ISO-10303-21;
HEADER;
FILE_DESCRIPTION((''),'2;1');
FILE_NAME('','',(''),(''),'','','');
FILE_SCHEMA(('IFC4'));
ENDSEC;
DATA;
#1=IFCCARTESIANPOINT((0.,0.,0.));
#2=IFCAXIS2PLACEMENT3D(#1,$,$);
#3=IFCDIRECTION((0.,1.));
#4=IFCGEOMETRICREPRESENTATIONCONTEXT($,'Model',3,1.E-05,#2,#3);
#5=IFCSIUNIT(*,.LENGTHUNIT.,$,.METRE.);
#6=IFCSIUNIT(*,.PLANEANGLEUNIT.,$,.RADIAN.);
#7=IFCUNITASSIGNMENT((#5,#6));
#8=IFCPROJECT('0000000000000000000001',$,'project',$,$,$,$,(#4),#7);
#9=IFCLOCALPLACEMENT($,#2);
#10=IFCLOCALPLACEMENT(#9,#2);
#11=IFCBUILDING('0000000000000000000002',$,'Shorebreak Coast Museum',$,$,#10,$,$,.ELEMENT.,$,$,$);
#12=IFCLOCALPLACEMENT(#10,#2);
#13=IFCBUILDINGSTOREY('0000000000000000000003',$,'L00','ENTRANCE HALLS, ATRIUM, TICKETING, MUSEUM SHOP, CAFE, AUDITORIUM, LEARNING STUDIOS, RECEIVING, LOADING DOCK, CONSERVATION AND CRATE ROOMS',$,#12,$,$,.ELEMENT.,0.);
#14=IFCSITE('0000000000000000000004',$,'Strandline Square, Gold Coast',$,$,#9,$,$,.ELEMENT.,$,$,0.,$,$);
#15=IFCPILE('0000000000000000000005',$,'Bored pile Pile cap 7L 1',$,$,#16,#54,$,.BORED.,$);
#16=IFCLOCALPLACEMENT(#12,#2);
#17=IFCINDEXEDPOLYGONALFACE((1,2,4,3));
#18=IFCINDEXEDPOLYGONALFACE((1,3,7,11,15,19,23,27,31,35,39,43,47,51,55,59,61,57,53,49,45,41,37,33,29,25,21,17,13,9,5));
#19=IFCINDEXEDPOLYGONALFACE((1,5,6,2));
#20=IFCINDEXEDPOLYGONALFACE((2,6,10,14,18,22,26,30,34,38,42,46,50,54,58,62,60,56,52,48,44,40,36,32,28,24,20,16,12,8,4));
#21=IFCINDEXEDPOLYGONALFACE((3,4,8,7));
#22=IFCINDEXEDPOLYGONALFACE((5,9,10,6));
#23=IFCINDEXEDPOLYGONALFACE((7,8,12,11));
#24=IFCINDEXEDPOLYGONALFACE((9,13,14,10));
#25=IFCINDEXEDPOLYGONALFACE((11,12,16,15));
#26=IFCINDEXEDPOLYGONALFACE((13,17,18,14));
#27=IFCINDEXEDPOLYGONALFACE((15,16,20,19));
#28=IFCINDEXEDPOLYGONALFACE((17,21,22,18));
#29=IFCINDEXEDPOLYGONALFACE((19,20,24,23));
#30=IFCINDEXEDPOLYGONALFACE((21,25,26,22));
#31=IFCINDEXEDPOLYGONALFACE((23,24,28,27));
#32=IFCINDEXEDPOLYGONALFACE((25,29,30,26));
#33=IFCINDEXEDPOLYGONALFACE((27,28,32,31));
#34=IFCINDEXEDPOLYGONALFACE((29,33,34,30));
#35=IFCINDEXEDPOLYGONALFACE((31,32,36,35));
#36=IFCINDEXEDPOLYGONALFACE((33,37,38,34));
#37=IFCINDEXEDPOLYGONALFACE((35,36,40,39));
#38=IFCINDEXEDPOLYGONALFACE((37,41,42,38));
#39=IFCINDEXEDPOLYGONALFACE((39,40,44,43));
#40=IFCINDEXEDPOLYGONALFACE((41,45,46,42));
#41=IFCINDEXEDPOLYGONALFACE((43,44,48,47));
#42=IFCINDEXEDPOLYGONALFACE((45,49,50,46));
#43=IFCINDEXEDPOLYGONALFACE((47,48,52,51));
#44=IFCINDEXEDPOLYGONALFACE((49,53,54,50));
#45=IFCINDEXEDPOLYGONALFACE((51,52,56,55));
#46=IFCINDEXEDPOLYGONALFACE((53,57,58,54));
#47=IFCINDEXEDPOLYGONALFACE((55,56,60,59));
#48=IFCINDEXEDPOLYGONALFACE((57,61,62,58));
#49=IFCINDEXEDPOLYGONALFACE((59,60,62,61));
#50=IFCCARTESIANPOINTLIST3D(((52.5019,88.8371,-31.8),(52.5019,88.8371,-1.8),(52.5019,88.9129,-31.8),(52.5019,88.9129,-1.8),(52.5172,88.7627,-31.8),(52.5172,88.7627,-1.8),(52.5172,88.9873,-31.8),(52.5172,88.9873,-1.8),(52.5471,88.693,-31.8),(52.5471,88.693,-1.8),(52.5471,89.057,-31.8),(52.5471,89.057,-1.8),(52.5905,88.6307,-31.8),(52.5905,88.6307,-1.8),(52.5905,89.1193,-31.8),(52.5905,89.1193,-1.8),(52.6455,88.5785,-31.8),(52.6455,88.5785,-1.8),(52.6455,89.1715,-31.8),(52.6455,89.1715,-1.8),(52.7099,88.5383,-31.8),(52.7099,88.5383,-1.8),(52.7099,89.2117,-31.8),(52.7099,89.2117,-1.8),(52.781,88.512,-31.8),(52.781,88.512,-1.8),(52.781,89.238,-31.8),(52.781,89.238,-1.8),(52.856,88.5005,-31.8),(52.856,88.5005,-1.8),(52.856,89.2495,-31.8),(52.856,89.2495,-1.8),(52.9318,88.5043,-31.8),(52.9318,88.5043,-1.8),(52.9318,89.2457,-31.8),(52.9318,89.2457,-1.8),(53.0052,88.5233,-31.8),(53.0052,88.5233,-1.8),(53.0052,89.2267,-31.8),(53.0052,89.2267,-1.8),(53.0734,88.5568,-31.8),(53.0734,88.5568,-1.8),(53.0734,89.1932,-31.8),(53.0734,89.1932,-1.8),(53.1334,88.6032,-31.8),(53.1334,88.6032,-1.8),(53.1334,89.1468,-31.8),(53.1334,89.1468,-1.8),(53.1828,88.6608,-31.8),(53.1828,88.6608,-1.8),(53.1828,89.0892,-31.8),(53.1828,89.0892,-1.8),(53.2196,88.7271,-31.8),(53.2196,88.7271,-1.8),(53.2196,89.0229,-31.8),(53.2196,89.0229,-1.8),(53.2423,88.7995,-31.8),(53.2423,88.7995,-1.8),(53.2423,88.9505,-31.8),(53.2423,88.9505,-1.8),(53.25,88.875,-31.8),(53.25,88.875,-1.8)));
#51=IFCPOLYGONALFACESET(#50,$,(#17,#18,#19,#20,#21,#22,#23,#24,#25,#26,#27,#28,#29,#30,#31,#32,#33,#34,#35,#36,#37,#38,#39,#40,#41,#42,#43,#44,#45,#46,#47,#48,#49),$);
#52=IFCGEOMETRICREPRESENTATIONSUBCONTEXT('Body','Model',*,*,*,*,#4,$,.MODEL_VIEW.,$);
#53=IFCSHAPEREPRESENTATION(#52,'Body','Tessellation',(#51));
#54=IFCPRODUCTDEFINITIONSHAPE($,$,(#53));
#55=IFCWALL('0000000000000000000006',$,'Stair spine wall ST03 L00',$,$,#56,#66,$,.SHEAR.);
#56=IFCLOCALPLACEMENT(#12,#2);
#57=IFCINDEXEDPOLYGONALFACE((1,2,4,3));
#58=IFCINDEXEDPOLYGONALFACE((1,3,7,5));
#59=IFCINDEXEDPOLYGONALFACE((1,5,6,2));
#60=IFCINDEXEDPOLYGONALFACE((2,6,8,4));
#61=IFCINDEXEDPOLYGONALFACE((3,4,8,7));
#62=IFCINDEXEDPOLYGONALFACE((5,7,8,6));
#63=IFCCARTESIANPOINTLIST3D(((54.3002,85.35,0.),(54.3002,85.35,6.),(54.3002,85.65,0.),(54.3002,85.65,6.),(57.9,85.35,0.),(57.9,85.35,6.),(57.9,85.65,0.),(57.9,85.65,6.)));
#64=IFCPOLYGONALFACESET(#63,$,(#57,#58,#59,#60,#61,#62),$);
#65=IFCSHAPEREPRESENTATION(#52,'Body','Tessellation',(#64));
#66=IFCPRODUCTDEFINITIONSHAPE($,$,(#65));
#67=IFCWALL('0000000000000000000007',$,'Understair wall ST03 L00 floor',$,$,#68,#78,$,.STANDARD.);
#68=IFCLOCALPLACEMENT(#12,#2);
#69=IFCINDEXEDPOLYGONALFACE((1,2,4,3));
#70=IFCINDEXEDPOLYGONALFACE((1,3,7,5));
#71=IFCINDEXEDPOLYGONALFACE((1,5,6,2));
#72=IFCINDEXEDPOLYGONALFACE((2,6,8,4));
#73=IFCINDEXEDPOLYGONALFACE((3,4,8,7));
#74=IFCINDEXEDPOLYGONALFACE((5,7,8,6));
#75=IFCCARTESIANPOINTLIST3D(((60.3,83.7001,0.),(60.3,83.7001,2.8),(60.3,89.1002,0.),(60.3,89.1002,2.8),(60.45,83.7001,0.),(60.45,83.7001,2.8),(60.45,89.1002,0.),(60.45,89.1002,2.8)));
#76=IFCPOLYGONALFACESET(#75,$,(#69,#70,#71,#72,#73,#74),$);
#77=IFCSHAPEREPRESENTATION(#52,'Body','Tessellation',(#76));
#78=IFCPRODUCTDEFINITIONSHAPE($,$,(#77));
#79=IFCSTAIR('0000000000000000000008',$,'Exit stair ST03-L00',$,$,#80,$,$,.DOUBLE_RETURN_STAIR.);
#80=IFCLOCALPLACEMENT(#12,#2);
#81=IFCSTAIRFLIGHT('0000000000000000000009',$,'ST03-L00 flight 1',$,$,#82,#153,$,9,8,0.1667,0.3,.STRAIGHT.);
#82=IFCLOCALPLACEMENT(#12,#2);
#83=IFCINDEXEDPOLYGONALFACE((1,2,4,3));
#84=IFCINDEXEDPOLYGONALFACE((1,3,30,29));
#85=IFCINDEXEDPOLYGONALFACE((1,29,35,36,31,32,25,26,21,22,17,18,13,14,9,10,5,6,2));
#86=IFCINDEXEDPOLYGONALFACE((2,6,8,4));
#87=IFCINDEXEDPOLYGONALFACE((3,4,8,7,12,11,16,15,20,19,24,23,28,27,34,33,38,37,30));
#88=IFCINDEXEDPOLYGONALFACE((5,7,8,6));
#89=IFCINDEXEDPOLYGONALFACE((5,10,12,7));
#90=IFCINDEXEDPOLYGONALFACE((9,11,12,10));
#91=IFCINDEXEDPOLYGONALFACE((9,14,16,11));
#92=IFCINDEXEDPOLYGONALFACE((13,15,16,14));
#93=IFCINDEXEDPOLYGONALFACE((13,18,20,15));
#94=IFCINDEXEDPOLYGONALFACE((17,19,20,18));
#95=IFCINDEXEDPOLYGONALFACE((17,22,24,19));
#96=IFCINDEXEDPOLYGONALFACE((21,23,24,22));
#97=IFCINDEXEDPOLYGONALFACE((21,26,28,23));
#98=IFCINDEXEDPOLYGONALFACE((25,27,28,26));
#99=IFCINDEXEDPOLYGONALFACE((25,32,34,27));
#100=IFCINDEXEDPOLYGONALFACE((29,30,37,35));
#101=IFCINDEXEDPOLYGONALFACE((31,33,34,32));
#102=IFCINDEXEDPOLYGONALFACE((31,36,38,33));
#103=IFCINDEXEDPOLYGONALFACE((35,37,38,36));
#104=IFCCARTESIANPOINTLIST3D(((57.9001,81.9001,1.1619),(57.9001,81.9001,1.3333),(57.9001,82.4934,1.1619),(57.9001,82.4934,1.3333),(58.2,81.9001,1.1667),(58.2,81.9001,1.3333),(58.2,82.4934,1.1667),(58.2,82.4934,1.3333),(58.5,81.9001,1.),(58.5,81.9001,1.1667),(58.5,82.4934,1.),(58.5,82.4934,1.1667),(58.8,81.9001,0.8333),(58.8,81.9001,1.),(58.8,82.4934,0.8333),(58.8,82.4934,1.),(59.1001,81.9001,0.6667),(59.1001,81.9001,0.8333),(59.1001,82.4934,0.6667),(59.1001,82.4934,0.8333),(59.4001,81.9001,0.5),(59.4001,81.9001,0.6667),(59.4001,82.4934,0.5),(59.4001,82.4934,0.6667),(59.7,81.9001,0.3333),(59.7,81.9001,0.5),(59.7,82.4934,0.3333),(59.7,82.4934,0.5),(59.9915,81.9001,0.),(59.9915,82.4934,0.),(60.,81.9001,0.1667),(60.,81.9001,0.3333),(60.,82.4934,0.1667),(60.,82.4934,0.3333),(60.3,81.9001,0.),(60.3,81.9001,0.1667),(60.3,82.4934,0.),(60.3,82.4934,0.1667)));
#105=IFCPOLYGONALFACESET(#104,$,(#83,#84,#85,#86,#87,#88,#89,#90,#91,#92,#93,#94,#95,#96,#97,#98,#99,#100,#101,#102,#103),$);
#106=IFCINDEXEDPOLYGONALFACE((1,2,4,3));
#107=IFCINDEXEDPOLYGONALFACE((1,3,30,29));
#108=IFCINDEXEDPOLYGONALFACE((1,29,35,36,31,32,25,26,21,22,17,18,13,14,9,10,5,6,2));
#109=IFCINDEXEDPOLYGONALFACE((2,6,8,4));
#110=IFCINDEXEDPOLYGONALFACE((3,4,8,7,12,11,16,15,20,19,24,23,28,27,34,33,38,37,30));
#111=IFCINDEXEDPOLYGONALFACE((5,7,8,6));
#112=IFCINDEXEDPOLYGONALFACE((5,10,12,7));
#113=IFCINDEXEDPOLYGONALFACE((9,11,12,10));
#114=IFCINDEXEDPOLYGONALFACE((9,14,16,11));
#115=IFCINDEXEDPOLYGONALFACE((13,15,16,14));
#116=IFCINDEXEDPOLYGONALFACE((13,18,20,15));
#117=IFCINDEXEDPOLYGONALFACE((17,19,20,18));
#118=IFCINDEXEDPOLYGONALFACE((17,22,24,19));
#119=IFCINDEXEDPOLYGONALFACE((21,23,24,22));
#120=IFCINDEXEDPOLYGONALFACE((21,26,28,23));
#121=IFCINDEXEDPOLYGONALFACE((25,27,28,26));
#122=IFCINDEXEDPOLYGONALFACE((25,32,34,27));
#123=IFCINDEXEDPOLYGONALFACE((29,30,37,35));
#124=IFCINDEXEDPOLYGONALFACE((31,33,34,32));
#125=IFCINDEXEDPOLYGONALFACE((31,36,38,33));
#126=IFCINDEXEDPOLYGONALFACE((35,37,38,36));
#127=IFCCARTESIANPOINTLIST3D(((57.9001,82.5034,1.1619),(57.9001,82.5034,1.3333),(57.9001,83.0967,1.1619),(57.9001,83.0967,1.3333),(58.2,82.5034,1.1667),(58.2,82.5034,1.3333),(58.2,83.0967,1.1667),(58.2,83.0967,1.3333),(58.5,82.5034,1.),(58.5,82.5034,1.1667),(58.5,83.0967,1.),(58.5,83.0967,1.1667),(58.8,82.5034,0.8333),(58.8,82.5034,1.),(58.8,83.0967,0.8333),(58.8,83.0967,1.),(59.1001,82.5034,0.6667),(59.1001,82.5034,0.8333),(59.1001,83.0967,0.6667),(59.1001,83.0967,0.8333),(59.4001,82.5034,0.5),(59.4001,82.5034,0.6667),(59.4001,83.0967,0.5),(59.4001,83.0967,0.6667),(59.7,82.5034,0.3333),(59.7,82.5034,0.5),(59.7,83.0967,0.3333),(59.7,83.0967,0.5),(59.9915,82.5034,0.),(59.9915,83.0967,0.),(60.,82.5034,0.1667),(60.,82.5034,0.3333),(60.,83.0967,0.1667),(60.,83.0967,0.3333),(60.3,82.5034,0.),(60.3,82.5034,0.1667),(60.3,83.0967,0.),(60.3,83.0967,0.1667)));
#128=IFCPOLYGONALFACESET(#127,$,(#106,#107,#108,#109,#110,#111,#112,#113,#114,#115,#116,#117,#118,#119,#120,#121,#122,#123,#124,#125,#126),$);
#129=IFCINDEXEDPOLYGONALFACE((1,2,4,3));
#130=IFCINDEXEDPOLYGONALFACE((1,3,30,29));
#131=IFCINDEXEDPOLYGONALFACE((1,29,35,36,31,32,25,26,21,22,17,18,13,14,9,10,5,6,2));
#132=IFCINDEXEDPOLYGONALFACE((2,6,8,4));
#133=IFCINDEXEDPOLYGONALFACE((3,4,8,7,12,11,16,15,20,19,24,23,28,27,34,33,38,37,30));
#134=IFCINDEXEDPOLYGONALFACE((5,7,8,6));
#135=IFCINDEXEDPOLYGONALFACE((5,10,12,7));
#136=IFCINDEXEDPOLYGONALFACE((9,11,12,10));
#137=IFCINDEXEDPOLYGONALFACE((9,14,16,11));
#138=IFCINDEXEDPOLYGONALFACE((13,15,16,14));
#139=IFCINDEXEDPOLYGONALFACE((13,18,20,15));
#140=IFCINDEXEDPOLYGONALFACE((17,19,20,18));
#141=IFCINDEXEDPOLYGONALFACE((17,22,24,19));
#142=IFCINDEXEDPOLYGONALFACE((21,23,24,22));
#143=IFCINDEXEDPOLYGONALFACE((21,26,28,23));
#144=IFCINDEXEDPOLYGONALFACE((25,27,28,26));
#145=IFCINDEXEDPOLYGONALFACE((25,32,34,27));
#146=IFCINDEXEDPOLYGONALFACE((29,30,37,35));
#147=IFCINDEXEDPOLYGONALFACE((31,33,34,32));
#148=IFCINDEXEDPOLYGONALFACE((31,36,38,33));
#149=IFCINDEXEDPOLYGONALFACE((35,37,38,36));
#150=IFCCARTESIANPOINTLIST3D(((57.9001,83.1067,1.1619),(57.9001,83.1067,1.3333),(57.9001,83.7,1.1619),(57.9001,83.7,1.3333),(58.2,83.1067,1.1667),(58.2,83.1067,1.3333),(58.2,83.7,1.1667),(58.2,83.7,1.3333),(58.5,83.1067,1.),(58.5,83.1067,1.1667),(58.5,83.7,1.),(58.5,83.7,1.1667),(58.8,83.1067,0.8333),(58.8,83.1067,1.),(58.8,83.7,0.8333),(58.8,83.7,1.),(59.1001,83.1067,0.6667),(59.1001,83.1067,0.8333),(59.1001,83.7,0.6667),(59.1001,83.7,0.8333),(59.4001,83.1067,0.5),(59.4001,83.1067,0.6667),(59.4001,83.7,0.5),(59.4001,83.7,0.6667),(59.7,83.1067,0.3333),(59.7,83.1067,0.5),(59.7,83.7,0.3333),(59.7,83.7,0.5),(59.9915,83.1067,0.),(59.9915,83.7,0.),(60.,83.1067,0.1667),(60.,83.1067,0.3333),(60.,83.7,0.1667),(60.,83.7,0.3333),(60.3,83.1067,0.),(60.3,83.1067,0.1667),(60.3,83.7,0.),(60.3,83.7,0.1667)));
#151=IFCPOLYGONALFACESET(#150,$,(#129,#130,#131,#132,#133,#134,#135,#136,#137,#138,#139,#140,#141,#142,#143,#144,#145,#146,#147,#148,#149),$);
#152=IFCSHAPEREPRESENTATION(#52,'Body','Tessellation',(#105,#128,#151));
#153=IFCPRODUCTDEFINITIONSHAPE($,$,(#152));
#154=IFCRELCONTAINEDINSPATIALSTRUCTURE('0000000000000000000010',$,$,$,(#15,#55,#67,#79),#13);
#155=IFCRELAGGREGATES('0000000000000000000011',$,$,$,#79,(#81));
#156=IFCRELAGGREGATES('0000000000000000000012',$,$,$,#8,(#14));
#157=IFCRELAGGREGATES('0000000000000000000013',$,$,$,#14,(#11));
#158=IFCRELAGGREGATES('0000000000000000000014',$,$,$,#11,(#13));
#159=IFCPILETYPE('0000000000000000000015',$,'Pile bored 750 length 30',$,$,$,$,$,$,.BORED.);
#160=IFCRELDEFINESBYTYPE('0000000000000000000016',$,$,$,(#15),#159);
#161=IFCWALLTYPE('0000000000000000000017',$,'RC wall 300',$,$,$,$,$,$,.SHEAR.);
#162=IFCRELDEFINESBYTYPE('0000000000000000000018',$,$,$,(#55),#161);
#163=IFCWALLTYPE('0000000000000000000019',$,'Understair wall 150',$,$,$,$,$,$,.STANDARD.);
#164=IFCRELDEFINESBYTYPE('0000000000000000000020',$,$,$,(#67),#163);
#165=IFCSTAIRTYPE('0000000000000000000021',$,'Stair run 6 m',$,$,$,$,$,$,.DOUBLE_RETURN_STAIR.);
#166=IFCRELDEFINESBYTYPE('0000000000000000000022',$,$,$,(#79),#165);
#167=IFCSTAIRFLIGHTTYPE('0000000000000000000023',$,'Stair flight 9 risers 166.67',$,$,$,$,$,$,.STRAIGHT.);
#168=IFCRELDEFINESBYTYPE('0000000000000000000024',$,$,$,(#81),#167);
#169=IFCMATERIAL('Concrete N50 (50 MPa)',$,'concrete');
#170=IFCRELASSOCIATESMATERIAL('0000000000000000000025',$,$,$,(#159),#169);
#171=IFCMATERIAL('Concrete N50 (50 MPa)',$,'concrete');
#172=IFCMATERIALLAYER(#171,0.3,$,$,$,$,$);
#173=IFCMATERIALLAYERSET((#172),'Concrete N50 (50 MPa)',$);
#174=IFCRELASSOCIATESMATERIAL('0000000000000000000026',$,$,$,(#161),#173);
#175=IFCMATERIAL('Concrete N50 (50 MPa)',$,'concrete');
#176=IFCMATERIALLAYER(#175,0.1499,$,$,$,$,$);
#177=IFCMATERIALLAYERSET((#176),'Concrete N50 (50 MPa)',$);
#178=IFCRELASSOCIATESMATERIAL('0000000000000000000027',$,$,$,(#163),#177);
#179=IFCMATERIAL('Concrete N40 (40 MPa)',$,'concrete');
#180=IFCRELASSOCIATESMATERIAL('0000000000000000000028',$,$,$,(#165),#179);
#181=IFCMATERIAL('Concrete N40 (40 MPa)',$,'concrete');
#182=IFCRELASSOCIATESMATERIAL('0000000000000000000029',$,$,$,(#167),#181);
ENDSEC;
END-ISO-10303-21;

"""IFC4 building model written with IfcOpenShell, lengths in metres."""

from ifc_helpers import new_model, si_unit, direction, frame, frame_2d, origin, origin_2d, place, context, subcontext, project, spatial, polyline, rectangle, circle, outline, extrude, material, layer, layer_set, material_profile, profile_set, type_object, element, aggregate, save


model = new_model("IFC4")

# Units and contexts
model_context = context("Model", 3, precision=1e-05, world=origin(), true_north=direction((0.0, 1.0)))
body_context = subcontext(model_context, "Body", "Model", "MODEL_VIEW")
ifc_project = project(units=[si_unit("LENGTHUNIT", "METRE"), si_unit("PLANEANGLEUNIT", "RADIAN")], contexts=[model_context])

# Site, building, storey
site_placement = place(None, origin())
site = spatial("IfcSite", under=ifc_project, at=site_placement, Name="Strandline Square, Gold Coast", CompositionType="ELEMENT", RefElevation=0.0)
building_placement = place(site_placement, origin())
building = spatial("IfcBuilding", under=site, at=building_placement, Name="Shorebreak Coast Museum", CompositionType="ELEMENT")
storey_placement = place(building_placement, origin())
storey = spatial("IfcBuildingStorey", under=building, at=storey_placement, Name="L00", Description="ENTRANCE HALLS, ATRIUM, TICKETING, MUSEUM SHOP, CAFE, AUDITORIUM, LEARNING STUDIOS, RECEIVING, LOADING DOCK, CONSERVATION AND CRATE ROOMS", CompositionType="ELEMENT", Elevation=0.0)

# Pile
ifc_material_1 = material(Name="Concrete N50 (50 MPa)", Category="concrete")
ifc_material_profile_1 = material_profile(ifc_material_1, circle(Radius=0.375, at=origin_2d()), Name="Pile bored 750 length 30")
ifc_profile_set_1 = profile_set([ifc_material_profile_1], Name="Concrete N50 (50 MPa)")
pile_type_1 = type_object("IfcPileType", Name="Pile bored 750 length 30", PredefinedType="BORED", material=ifc_profile_set_1)
for number, where, z_axis, x_axis, name in (
    (1, (52.875, 88.875, -1.8), (0.0, 0.0, -1.0), (1.0, 0.0, 0.0), "Bored pile Pile cap 7L 1"),
):
    element("IfcPile", number, at=place(storey_placement, frame(where, z_axis=z_axis, x_axis=x_axis)), inside=storey, type_object=pile_type_1, Name=name, PredefinedType="BORED", context=body_context, shape_type="SweptSolid", body=[
        extrude(circle(Radius=0.375, at=origin_2d()), origin(), (0.0, 0.0, 1.0), 30.0),
    ])

# Walls
ifc_material_2 = material(Name="Concrete N50 (50 MPa)", Category="concrete")
ifc_layer_1 = layer(ifc_material_2, 0.3)
ifc_layer_set_1 = layer_set([ifc_layer_1], Name="Concrete N50 (50 MPa)")
wall_type_1 = type_object("IfcWallType", Name="RC wall 300", PredefinedType="SHEAR", material=ifc_layer_set_1)
wall_1_placement = place(storey_placement, frame((57.8999, 85.5, 0.0), z_axis=(0.0, 0.0, 1.0), x_axis=(-1.0, 0.0, 0.0)))
element("IfcWall", 2, at=wall_1_placement, inside=storey, type_object=wall_type_1, Name="Stair spine wall ST03 L00", PredefinedType="SHEAR", context=body_context, shape_type="SweptSolid", body=[
    extrude(rectangle(XDim=3.5999, YDim=0.3, at=frame_2d((1.7998, 0.0))), origin(), (0.0, 0.0, 1.0), 6.0),
])
ifc_material_3 = material(Name="Concrete N50 (50 MPa)", Category="concrete")
ifc_layer_2 = layer(ifc_material_3, 0.1499)
ifc_layer_set_2 = layer_set([ifc_layer_2], Name="Concrete N50 (50 MPa)")
wall_type_2 = type_object("IfcWallType", Name="Understair wall 150", PredefinedType="STANDARD", material=ifc_layer_set_2)
wall_2_placement = place(storey_placement, frame((60.375, 83.7, 0.0), z_axis=(0.0, 0.0, 1.0), x_axis=(0.0, 1.0, 0.0)))
element("IfcWall", 3, at=wall_2_placement, inside=storey, type_object=wall_type_2, Name="Understair wall ST03 L00 floor", PredefinedType="STANDARD", context=body_context, shape_type="SweptSolid", body=[
    extrude(rectangle(XDim=5.4001, YDim=0.1499, at=frame_2d((2.7002, 0.0))), origin(), (0.0, 0.0, 1.0), 2.8),
])

# Stair, stair flight
ifc_material_4 = material(Name="Concrete N40 (40 MPa)", Category="concrete")
stair_type = type_object("IfcStairType", Name="Stair run 6 m", PredefinedType="DOUBLE_RETURN_STAIR", material=ifc_material_4)
stair_placement = place(storey_placement, origin())
stair = element("IfcStair", 4, at=stair_placement, inside=storey, type_object=stair_type, Name="Exit stair ST03-L00", PredefinedType="DOUBLE_RETURN_STAIR")
ifc_material_5 = material(Name="Concrete N40 (40 MPa)", Category="concrete")
stair_flight_type = type_object("IfcStairFlightType", Name="Stair flight 9 risers 166.67", PredefinedType="STRAIGHT", material=ifc_material_5)
stair_flight_1_placement = place(storey_placement, frame((60.3, 82.8, 0.0), z_axis=(0.0, 0.0, 1.0), x_axis=(-1.0, 0.0, 0.0)))
stair_flight_1 = element("IfcStairFlight", 5, at=stair_flight_1_placement, type_object=stair_flight_type, Name="ST03-L00 flight 1", NumberOfRisers=9, NumberOfTreads=8, PredefinedType="STRAIGHT", RiserHeight=0.1667, TreadLength=0.3, context=body_context, shape_type="SweptSolid", body=[
    extrude(outline(polyline([(0.0, 0.0), (0.0, 0.1667), (0.3, 0.1667), (0.3, 0.3333), (0.6001, 0.3333), (0.6001, 0.5), (0.8999, 0.5), (0.8999, 0.6667), (1.2, 0.6667), (1.2, 0.8333), (1.5, 0.8333), (1.5, 1.0), (1.8, 1.0), (1.8, 1.1667), (2.1001, 1.1667), (2.1001, 1.3333), (2.3999, 1.3333), (2.3999, 1.5), (2.3999, 1.1619), (0.3086, 0.0), (0.0, 0.0)])), frame((0.0, 0.8999, 0.0), z_axis=(0.0, -1.0, 0.0), x_axis=(1.0, 0.0, 0.0)), (0.0, 0.0, 1.0), 0.5933),
    extrude(outline(polyline([(0.0, 0.0), (0.0, 0.1667), (0.3, 0.1667), (0.3, 0.3333), (0.6001, 0.3333), (0.6001, 0.5), (0.8999, 0.5), (0.8999, 0.6667), (1.2, 0.6667), (1.2, 0.8333), (1.5, 0.8333), (1.5, 1.0), (1.8, 1.0), (1.8, 1.1667), (2.1001, 1.1667), (2.1001, 1.3333), (2.3999, 1.3333), (2.3999, 1.5), (2.3999, 1.1619), (0.3086, 0.0), (0.0, 0.0)])), frame((0.0, 0.2966, 0.0), z_axis=(0.0, -1.0, 0.0), x_axis=(1.0, 0.0, 0.0)), (0.0, 0.0, 1.0), 0.5933),
    extrude(outline(polyline([(0.0, 0.0), (0.0, 0.1667), (0.3, 0.1667), (0.3, 0.3333), (0.6001, 0.3333), (0.6001, 0.5), (0.8999, 0.5), (0.8999, 0.6667), (1.2, 0.6667), (1.2, 0.8333), (1.5, 0.8333), (1.5, 1.0), (1.8, 1.0), (1.8, 1.1667), (2.1001, 1.1667), (2.1001, 1.3333), (2.3999, 1.3333), (2.3999, 1.5), (2.3999, 1.1619), (0.3086, 0.0), (0.0, 0.0)])), frame((0.0, -0.3066, 0.0), z_axis=(0.0, -1.0, 0.0), x_axis=(1.0, 0.0, 0.0)), (0.0, 0.0, 1.0), 0.5933),
])
aggregate(stair, [stair_flight_1])

save(model, "model.ifc")
